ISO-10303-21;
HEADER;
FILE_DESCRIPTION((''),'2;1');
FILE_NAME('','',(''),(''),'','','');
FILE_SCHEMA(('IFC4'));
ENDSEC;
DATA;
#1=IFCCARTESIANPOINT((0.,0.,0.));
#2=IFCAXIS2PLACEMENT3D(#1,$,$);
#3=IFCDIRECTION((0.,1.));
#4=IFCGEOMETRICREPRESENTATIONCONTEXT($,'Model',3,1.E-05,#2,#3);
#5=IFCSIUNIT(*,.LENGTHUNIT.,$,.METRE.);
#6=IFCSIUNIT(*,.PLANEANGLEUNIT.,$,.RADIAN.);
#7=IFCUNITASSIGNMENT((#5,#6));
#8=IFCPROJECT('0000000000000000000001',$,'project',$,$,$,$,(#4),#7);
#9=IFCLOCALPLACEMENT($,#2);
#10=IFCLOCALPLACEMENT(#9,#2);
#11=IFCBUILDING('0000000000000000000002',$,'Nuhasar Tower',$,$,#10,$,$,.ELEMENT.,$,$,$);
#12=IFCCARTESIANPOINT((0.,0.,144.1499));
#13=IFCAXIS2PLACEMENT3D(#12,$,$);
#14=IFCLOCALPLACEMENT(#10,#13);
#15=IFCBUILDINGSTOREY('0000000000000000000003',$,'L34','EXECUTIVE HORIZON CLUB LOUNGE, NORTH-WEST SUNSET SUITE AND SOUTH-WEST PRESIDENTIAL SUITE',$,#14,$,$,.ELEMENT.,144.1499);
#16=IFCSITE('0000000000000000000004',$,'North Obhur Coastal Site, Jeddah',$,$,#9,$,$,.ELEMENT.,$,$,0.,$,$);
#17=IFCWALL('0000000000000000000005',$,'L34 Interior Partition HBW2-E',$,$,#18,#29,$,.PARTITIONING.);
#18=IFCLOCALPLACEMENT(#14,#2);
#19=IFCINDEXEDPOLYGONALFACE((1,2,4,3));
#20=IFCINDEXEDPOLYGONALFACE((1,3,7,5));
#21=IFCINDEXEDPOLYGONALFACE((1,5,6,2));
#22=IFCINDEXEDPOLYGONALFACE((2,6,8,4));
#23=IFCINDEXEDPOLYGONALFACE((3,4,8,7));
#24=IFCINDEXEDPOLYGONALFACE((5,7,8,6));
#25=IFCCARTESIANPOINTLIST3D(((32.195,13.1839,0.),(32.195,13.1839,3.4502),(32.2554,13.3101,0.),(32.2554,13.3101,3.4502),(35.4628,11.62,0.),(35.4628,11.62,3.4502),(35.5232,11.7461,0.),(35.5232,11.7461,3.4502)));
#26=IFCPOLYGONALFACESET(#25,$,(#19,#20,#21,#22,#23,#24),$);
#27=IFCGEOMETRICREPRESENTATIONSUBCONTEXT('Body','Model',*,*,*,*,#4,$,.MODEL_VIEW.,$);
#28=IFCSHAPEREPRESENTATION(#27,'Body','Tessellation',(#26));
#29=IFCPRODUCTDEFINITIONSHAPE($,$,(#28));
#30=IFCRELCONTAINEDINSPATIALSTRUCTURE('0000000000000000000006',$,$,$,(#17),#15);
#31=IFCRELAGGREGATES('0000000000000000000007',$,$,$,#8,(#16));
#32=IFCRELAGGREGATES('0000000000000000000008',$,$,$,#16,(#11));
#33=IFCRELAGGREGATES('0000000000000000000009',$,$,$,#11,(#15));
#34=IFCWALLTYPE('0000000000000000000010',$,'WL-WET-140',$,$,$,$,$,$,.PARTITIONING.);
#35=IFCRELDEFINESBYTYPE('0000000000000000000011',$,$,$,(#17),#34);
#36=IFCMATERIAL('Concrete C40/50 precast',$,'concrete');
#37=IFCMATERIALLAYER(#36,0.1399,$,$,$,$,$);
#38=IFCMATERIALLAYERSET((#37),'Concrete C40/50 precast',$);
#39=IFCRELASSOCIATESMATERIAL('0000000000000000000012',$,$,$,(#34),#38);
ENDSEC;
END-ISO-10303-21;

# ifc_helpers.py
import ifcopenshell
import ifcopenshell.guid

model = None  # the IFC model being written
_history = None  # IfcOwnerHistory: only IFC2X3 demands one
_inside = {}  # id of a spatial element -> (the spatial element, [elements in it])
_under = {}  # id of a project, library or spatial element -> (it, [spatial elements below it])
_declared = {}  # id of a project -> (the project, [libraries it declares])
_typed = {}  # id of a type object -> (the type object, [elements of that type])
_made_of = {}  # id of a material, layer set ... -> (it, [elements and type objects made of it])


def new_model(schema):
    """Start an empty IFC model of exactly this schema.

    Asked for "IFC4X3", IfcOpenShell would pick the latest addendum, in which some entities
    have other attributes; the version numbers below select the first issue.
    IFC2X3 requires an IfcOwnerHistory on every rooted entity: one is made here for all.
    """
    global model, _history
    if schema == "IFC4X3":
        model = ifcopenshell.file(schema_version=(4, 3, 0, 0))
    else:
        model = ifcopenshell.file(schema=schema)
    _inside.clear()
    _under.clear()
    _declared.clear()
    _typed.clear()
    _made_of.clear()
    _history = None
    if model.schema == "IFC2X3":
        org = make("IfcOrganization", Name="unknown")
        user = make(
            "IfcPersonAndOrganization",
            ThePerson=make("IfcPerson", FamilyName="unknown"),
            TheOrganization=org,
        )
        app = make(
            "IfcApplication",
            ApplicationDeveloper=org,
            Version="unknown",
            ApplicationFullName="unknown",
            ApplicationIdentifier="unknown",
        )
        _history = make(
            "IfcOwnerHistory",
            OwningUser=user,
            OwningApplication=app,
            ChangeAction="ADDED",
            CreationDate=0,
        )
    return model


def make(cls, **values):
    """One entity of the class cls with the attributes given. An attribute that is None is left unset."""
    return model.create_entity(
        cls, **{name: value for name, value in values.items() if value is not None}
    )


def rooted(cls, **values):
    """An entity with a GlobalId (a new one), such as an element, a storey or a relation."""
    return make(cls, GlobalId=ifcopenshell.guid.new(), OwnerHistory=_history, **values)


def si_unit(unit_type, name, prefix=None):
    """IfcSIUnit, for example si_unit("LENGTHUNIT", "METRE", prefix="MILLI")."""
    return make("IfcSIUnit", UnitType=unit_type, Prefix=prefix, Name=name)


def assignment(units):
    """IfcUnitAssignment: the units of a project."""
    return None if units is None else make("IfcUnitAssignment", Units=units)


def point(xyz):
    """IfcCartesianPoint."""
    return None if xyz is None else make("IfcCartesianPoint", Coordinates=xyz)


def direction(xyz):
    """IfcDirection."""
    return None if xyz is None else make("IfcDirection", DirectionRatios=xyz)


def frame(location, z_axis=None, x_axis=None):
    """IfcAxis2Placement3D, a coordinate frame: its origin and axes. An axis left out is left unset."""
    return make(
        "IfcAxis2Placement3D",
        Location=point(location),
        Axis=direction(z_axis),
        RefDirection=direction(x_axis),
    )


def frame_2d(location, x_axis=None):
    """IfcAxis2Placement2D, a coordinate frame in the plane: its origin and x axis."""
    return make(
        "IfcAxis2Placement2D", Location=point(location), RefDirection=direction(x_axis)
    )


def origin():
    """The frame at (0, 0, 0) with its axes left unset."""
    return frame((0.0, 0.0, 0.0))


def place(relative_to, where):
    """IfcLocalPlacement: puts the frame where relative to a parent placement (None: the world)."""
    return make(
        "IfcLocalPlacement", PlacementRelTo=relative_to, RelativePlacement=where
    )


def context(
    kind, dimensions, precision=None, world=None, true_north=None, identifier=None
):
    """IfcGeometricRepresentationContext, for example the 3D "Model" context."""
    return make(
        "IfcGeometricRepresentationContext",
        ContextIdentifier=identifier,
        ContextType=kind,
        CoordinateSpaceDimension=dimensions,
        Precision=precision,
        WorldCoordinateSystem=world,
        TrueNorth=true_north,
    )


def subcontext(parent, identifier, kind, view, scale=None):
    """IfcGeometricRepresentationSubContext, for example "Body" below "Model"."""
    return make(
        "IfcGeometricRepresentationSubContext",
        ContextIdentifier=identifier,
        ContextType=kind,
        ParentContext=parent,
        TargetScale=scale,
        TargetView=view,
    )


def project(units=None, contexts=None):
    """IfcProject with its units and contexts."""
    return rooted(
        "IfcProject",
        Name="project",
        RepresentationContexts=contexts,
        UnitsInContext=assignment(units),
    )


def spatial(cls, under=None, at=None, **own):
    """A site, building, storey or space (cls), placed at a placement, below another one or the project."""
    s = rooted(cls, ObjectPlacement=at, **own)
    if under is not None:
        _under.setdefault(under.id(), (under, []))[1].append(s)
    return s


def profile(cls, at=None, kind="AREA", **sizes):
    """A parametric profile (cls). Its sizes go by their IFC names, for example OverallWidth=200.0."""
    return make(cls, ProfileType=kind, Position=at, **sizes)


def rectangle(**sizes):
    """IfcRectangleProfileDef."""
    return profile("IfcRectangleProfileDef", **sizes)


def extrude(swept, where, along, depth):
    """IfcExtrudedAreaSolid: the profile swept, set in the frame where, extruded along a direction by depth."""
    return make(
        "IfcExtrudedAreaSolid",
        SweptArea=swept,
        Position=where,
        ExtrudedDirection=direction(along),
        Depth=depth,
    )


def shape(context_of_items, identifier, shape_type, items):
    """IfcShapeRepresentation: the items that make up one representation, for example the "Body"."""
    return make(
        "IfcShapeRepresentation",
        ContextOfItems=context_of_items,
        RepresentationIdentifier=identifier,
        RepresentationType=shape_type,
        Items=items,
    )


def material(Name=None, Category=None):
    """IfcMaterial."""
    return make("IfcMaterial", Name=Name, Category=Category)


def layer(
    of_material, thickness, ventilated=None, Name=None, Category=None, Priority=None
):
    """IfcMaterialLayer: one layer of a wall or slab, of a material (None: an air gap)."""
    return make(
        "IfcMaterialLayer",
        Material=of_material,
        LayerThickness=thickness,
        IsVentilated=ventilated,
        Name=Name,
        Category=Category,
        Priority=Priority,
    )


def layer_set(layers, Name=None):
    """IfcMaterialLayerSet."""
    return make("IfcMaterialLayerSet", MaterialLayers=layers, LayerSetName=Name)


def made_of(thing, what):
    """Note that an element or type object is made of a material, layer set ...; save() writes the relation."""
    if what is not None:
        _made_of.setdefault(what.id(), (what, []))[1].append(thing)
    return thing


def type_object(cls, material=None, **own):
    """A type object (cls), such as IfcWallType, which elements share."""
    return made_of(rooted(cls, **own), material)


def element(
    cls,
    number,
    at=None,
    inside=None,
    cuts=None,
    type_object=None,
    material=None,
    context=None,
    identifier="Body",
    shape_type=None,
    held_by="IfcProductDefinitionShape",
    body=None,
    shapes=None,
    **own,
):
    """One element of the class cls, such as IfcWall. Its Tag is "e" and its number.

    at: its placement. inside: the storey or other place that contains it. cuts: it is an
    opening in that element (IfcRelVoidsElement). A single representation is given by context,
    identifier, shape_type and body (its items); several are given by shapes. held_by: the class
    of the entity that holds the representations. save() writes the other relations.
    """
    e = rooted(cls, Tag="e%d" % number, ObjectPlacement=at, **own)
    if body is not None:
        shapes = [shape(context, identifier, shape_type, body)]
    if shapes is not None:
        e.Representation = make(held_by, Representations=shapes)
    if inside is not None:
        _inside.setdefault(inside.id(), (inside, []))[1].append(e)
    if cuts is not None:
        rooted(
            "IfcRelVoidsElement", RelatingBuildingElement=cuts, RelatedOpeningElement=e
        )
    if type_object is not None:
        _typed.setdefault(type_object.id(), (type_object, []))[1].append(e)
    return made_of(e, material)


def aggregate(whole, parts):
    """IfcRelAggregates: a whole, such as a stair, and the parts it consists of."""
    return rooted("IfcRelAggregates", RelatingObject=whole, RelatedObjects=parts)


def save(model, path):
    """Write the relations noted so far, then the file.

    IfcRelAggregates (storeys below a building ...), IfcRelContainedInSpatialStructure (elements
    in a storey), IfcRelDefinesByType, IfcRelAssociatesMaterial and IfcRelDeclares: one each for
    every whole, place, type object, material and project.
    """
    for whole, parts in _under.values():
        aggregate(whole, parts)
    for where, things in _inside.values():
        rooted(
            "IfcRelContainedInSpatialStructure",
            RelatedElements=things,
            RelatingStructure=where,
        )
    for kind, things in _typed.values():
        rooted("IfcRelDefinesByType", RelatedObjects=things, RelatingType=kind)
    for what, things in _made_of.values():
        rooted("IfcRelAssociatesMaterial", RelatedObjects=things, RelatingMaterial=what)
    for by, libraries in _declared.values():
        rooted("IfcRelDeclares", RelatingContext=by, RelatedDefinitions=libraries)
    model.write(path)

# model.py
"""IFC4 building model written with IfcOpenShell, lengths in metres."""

from ifc_helpers import new_model, si_unit, direction, frame, frame_2d, origin, place, context, subcontext, project, spatial, rectangle, extrude, material, layer, layer_set, type_object, element, save


model = new_model("IFC4")

# Units and contexts
model_context = context("Model", 3, precision=1e-05, world=origin(), true_north=direction((0.0, 1.0)))
body_context = subcontext(model_context, "Body", "Model", "MODEL_VIEW")
ifc_project = project(units=[si_unit("LENGTHUNIT", "METRE"), si_unit("PLANEANGLEUNIT", "RADIAN")], contexts=[model_context])

# Site, building, storey
site_placement = place(None, origin())
site = spatial("IfcSite", under=ifc_project, at=site_placement, Name="North Obhur Coastal Site, Jeddah", CompositionType="ELEMENT", RefElevation=0.0)
building_placement = place(site_placement, origin())
building = spatial("IfcBuilding", under=site, at=building_placement, Name="Nuhasar Tower", CompositionType="ELEMENT")
storey_placement = place(building_placement, frame((0.0, 0.0, 144.1499)))
storey = spatial("IfcBuildingStorey", under=building, at=storey_placement, Name="L34", Description="EXECUTIVE HORIZON CLUB LOUNGE, NORTH-WEST SUNSET SUITE AND SOUTH-WEST PRESIDENTIAL SUITE", CompositionType="ELEMENT", Elevation=144.1499)

# Shared definitions
ifc_material_1 = material(Name="Concrete C40/50 precast", Category="concrete")
ifc_layer_1 = layer(ifc_material_1, 0.1399)
ifc_layer_set_1 = layer_set([ifc_layer_1], Name="Concrete C40/50 precast")
wall_type_1 = type_object("IfcWallType", Name="WL-WET-140", PredefinedType="PARTITIONING", material=ifc_layer_set_1)

# Wall
wall_1_placement = place(storey_placement, frame((32.2251, 13.2471, 0.0), z_axis=(0.0, 0.0, 1.0), x_axis=(0.902017, -0.431701, 0.0)))
element("IfcWall", 1, at=wall_1_placement, inside=storey, type_object=wall_type_1, Name="L34 Interior Partition HBW2-E", PredefinedType="PARTITIONING", context=body_context, shape_type="SweptSolid", body=[
    extrude(rectangle(XDim=3.6228, YDim=0.1399, at=frame_2d((1.8115, 0.0))), origin(), (0.0, 0.0, 1.0), 3.4502),
])

save(model, "model.ifc")
